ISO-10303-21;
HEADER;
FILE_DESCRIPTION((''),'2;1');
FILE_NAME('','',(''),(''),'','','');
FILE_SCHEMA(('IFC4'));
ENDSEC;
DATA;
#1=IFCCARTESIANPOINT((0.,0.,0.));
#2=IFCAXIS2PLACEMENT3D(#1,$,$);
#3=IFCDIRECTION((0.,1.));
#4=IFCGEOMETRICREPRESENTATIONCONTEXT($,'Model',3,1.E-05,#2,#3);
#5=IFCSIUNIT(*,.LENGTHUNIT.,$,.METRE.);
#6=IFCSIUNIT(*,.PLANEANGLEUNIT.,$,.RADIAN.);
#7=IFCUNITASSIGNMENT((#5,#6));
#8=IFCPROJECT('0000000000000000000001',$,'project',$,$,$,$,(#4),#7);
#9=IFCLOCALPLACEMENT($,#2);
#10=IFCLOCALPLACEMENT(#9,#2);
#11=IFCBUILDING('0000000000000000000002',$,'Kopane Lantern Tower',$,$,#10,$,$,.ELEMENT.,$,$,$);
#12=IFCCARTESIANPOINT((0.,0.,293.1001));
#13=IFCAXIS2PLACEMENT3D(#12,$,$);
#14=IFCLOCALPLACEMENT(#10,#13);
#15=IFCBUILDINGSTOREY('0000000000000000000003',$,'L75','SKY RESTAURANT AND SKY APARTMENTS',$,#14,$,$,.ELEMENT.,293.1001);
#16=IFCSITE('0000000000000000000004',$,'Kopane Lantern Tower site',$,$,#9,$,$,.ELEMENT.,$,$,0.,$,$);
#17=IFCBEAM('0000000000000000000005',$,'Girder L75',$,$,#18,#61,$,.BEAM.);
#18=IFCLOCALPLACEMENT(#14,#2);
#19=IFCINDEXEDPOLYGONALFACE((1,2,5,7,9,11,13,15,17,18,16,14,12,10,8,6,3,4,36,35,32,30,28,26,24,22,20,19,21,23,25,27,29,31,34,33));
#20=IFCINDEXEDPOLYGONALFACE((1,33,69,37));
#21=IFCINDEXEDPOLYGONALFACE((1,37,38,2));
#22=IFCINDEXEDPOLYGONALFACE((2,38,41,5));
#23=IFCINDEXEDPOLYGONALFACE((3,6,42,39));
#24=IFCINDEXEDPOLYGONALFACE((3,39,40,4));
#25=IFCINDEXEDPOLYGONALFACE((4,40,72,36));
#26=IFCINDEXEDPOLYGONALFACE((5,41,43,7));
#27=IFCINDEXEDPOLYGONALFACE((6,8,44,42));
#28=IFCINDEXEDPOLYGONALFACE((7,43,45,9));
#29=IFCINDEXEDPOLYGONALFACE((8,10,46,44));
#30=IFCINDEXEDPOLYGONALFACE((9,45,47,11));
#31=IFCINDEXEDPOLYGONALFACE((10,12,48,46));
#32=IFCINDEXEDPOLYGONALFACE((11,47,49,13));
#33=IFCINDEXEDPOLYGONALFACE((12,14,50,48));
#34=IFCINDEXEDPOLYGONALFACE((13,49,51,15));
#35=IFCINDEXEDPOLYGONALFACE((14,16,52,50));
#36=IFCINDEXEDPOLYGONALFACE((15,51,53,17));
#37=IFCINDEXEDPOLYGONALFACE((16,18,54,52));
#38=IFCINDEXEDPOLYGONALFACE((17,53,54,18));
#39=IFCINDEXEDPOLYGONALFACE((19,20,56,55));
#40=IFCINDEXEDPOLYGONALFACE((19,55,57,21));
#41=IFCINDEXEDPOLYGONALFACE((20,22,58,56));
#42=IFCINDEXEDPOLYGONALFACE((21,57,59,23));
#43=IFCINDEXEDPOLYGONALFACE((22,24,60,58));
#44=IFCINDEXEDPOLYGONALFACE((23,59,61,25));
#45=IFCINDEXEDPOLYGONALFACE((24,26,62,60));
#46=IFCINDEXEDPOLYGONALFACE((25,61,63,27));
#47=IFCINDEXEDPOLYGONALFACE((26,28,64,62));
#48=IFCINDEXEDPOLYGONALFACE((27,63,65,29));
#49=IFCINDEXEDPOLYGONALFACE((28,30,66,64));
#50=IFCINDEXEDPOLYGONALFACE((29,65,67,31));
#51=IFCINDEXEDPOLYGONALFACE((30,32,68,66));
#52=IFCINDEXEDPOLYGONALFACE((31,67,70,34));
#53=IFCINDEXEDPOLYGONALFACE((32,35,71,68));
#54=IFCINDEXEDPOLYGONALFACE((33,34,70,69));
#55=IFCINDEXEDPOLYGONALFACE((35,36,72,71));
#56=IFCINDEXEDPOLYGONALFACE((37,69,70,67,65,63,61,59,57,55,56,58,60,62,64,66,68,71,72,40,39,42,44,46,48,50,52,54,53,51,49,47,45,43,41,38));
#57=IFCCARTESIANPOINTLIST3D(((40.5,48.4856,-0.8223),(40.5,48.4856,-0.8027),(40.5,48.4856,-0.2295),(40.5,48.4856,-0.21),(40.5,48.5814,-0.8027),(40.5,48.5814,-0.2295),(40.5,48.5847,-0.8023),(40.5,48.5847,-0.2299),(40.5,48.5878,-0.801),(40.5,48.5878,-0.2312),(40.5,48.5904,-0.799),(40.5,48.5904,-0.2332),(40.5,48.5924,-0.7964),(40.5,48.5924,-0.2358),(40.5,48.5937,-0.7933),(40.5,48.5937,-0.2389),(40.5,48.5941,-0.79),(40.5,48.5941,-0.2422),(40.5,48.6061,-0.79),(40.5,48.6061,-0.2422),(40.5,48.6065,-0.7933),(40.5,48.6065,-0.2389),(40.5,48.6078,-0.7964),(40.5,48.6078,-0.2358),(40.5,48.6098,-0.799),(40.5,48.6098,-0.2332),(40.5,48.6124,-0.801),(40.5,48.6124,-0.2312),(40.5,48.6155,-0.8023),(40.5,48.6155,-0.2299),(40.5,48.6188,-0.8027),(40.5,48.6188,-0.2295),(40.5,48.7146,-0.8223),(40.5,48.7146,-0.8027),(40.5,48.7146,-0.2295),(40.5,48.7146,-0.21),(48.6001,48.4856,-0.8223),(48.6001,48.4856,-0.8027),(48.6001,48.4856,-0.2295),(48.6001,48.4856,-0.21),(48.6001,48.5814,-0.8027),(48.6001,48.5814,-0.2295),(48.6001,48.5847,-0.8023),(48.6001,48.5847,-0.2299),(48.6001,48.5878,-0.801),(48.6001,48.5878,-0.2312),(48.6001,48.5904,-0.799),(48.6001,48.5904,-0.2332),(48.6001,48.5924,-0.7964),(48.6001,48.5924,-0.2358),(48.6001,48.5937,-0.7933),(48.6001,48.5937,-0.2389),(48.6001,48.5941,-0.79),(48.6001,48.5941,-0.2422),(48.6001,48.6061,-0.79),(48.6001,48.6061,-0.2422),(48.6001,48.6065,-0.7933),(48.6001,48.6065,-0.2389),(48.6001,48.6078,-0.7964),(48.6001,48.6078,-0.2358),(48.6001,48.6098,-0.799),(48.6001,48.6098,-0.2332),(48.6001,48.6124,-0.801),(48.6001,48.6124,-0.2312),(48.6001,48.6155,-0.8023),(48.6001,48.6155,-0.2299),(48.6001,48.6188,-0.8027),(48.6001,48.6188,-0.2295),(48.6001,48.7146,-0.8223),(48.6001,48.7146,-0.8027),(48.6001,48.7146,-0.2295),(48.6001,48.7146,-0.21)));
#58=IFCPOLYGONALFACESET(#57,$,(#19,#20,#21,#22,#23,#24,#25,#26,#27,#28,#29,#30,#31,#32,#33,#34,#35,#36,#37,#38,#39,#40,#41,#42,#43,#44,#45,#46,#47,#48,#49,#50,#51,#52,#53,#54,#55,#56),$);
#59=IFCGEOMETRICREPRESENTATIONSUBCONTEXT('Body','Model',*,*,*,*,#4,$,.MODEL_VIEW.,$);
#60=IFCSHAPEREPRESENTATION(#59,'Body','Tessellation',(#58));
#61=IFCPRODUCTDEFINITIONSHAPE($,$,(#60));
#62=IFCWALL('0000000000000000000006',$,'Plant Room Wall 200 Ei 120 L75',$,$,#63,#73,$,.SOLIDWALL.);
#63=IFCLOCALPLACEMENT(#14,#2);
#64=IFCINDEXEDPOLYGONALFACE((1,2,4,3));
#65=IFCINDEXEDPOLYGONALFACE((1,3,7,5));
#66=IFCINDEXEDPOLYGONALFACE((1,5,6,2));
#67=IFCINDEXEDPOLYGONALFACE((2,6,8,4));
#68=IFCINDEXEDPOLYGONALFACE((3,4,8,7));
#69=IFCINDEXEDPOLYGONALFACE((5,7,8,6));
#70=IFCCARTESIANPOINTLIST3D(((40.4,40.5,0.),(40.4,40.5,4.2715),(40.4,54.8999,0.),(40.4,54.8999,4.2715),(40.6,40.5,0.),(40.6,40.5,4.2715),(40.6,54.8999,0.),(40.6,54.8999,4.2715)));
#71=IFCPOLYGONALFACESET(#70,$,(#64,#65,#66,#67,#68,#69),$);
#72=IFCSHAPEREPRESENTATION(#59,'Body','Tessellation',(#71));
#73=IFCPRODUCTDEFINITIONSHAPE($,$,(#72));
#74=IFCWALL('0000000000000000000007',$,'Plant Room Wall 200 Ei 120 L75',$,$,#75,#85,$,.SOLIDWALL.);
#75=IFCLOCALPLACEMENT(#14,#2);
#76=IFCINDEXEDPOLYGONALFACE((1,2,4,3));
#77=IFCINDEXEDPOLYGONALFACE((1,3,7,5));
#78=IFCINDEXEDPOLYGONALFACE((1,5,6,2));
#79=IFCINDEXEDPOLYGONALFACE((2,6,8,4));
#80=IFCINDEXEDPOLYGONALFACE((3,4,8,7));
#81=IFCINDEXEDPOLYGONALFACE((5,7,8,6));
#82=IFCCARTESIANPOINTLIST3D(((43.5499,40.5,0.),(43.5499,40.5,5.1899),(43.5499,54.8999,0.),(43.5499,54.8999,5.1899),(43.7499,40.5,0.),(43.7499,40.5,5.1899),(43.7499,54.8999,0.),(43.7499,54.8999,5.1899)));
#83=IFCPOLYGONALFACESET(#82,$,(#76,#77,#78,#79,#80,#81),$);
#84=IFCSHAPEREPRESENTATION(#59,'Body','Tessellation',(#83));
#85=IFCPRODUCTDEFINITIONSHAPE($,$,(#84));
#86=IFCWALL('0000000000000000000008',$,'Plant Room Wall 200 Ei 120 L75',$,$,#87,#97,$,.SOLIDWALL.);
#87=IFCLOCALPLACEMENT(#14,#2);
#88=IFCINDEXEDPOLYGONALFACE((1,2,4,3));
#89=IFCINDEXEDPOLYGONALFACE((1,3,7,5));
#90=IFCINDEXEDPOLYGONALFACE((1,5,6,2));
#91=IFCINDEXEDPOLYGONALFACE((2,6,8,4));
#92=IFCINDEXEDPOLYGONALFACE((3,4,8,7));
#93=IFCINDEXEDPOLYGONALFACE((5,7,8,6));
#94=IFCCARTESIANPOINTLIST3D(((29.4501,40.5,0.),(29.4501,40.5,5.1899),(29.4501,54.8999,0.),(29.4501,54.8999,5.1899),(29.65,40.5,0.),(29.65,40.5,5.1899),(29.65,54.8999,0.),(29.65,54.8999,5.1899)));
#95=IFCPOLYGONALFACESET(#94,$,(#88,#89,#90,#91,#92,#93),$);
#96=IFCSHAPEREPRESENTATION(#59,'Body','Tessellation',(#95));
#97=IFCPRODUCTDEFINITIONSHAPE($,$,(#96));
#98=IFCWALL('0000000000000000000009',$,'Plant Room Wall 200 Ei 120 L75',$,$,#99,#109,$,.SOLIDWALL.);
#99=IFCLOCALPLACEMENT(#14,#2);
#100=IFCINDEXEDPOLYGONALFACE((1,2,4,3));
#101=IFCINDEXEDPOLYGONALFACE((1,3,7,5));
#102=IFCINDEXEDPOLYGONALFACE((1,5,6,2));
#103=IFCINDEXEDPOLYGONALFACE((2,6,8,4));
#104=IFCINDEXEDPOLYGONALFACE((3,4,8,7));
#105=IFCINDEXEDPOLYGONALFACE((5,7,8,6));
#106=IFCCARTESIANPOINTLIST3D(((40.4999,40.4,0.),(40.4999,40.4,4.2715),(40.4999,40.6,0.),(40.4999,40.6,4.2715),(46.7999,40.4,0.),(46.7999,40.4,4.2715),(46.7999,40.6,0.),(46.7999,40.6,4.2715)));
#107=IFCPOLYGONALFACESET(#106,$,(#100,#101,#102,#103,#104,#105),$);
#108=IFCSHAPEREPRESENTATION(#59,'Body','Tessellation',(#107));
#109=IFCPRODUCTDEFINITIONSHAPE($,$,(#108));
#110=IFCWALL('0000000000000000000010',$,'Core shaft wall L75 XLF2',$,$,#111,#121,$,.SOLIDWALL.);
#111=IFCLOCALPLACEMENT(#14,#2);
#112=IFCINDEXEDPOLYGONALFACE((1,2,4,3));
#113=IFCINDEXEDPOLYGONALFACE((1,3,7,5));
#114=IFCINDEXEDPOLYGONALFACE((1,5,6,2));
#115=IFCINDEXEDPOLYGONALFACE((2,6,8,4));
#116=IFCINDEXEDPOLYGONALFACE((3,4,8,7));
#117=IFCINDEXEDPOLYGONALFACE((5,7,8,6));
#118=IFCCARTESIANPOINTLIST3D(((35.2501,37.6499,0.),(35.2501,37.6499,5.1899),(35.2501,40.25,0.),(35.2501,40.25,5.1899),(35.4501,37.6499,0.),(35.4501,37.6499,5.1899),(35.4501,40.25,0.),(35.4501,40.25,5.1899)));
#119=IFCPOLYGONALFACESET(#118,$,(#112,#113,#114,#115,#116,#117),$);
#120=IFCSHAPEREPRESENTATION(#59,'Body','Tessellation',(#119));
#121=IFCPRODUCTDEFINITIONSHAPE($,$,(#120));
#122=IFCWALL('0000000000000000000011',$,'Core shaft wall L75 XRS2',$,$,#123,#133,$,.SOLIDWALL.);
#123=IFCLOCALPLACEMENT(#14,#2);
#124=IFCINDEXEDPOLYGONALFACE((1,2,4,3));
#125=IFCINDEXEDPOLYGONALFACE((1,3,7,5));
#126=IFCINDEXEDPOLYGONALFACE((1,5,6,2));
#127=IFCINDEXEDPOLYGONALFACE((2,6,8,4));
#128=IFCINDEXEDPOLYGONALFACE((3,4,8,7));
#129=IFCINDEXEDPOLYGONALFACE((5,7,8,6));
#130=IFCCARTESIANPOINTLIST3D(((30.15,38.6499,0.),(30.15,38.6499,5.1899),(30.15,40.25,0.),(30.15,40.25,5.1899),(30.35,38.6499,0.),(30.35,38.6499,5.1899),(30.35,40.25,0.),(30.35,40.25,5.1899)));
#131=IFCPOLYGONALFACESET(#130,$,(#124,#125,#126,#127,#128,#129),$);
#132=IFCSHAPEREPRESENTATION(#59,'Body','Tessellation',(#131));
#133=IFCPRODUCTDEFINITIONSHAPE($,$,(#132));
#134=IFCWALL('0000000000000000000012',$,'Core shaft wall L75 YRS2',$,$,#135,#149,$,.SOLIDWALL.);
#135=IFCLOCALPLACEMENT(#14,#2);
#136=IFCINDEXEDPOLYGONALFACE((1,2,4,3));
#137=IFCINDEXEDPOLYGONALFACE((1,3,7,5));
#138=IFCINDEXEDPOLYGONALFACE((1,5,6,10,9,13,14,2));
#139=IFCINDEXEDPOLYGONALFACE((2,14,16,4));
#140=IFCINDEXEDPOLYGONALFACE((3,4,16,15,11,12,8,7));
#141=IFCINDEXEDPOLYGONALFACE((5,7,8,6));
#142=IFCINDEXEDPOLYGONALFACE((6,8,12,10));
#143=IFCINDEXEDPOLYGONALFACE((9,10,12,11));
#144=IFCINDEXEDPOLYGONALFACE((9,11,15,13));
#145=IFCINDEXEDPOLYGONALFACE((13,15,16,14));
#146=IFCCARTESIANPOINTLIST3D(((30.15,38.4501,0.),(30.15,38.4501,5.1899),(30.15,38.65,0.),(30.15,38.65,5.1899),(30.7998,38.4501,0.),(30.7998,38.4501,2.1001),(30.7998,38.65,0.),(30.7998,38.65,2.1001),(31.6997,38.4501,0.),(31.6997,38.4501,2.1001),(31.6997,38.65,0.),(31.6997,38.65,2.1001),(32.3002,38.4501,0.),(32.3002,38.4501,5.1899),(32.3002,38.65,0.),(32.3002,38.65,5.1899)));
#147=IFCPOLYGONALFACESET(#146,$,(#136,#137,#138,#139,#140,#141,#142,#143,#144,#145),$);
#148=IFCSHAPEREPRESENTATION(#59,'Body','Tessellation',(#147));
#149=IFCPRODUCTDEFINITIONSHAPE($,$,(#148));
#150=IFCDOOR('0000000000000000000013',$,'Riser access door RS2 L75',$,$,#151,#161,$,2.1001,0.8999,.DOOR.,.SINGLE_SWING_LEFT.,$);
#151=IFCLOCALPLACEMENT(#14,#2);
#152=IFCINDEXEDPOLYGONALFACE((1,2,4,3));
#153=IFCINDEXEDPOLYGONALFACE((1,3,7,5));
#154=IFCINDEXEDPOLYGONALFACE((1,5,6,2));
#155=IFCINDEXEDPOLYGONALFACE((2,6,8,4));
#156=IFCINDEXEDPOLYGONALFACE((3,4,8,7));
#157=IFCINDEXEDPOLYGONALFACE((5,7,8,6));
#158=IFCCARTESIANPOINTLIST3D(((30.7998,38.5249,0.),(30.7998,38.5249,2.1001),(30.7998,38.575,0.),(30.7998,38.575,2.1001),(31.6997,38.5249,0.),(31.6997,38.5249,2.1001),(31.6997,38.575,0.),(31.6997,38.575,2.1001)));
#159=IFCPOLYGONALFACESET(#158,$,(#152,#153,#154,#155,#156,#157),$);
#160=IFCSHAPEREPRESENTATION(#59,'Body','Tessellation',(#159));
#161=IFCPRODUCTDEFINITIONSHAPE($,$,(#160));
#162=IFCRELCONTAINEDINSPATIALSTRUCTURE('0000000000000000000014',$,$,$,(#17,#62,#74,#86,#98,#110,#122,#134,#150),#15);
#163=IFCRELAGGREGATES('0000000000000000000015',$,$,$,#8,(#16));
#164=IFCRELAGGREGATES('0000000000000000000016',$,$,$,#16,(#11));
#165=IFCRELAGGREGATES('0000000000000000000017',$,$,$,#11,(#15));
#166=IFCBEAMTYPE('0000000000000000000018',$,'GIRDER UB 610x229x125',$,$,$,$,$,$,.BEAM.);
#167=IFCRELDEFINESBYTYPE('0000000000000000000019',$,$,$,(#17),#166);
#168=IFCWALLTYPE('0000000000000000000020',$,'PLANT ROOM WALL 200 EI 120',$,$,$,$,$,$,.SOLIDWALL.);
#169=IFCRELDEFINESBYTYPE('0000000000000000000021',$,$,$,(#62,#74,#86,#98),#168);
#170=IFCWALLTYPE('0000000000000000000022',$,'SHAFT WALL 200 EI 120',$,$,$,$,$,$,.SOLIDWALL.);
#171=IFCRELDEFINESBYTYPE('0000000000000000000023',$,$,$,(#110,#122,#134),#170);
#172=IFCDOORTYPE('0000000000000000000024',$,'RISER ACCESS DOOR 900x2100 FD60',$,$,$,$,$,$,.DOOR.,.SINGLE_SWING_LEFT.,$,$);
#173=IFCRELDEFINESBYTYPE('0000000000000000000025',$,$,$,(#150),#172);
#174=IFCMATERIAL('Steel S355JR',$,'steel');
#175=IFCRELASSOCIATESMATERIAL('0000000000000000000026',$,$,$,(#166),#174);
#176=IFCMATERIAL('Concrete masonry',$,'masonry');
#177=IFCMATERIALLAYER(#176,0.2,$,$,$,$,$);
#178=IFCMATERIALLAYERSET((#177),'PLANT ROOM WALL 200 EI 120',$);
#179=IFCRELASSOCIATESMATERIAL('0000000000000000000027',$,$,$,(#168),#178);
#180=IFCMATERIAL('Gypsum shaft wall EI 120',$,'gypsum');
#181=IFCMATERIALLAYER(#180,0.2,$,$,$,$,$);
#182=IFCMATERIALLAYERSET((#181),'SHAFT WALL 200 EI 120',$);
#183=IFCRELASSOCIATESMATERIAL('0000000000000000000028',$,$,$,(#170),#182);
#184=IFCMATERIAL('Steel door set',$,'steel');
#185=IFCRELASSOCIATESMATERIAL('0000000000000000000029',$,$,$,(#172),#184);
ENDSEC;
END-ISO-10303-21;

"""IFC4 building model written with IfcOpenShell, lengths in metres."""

from ifc_helpers import new_model, si_unit, direction, frame, frame_2d, origin, origin_2d, place, context, subcontext, project, spatial, rectangle, i_section, extrude, material, layer, layer_set, material_profile, profile_set, type_object, element, fill, save


model = new_model("IFC4")

# Units and contexts
model_context = context("Model", 3, precision=1e-05, world=origin(), true_north=direction((0.0, 1.0)))
body_context = subcontext(model_context, "Body", "Model", "MODEL_VIEW")
ifc_project = project(units=[si_unit("LENGTHUNIT", "METRE"), si_unit("PLANEANGLEUNIT", "RADIAN")], contexts=[model_context])

# Site, building, storey
site_placement = place(None, origin())
site = spatial("IfcSite", under=ifc_project, at=site_placement, Name="Kopane Lantern Tower site", CompositionType="ELEMENT", RefElevation=0.0)
building_placement = place(site_placement, origin())
building = spatial("IfcBuilding", under=site, at=building_placement, Name="Kopane Lantern Tower", CompositionType="ELEMENT")
storey_placement = place(building_placement, frame((0.0, 0.0, 293.1001)))
storey = spatial("IfcBuildingStorey", under=building, at=storey_placement, Name="L75", Description="SKY RESTAURANT AND SKY APARTMENTS", CompositionType="ELEMENT", Elevation=293.1001)

# Beam
ifc_material_1 = material(Name="Steel S355JR", Category="steel")
ifc_material_profile_1 = material_profile(ifc_material_1, i_section(OverallWidth=0.229, OverallDepth=0.6123, WebThickness=0.012, FlangeThickness=0.0195, FilletRadius=0.0127, at=origin_2d()), Name="UB 610x229x125")
ifc_profile_set_1 = profile_set([ifc_material_profile_1], Name="Steel S355JR")
beam_type = type_object("IfcBeamType", Name="GIRDER UB 610x229x125", PredefinedType="BEAM", material=ifc_profile_set_1)
beam_1_placement = place(storey_placement, frame((40.5, 48.6001, -0.5161), z_axis=(1.0, 0.0, 0.0), x_axis=(0.0, 1.0, 0.0)))
element("IfcBeam", 1, at=beam_1_placement, inside=storey, type_object=beam_type, Name="Girder L75", PredefinedType="BEAM", context=body_context, shape_type="SweptSolid", body=[
    extrude(i_section(OverallWidth=0.229, OverallDepth=0.6123, WebThickness=0.012, FlangeThickness=0.0195, FilletRadius=0.0127, at=origin_2d()), origin(), (0.0, 0.0, 1.0), 8.1001),
])

# Walls
ifc_material_2 = material(Name="Concrete masonry", Category="masonry")
ifc_layer_1 = layer(ifc_material_2, 0.2)
ifc_layer_set_1 = layer_set([ifc_layer_1], Name="PLANT ROOM WALL 200 EI 120")
wall_type_1 = type_object("IfcWallType", Name="PLANT ROOM WALL 200 EI 120", PredefinedType="SOLIDWALL", material=ifc_layer_set_1)
wall_1_placement = place(storey_placement, frame((40.5, 40.5, 0.0), z_axis=(0.0, 0.0, 1.0), x_axis=(0.0, 1.0, 0.0)))
element("IfcWall", 2, at=wall_1_placement, inside=storey, type_object=wall_type_1, Name="Plant Room Wall 200 Ei 120 L75", PredefinedType="SOLIDWALL", context=body_context, shape_type="SweptSolid", body=[
    extrude(rectangle(XDim=14.3999, YDim=0.2, at=frame_2d((7.2, 0.0))), origin(), (0.0, 0.0, 1.0), 4.2715),
])
for number, where, z_axis, x_axis, name in (
    (3, (43.6499, 54.8999, 0.0), (0.0, 0.0, 1.0), (0.0, -1.0, 0.0), "Plant Room Wall 200 Ei 120 L75"),
    (4, (29.55, 40.5, 0.0), (0.0, 0.0, 1.0), (0.0, 1.0, 0.0), "Plant Room Wall 200 Ei 120 L75"),
):
    element("IfcWall", number, at=place(storey_placement, frame(where, z_axis=z_axis, x_axis=x_axis)), inside=storey, type_object=wall_type_1, Name=name, PredefinedType="SOLIDWALL", context=body_context, shape_type="SweptSolid", body=[
        extrude(rectangle(XDim=14.3999, YDim=0.2, at=frame_2d((7.2, 0.0))), origin(), (0.0, 0.0, 1.0), 5.1899),
    ])
wall_2_placement = place(storey_placement, frame((40.5, 40.5, 0.0), z_axis=(0.0, 0.0, 1.0), x_axis=(1.0, 0.0, 0.0)))
element("IfcWall", 5, at=wall_2_placement, inside=storey, type_object=wall_type_1, Name="Plant Room Wall 200 Ei 120 L75", PredefinedType="SOLIDWALL", context=body_context, shape_type="SweptSolid", body=[
    extrude(rectangle(XDim=6.3, YDim=0.2, at=frame_2d((3.1499, 0.0))), origin(), (0.0, 0.0, 1.0), 4.2715),
])
ifc_material_3 = material(Name="Gypsum shaft wall EI 120", Category="gypsum")
ifc_layer_2 = layer(ifc_material_3, 0.2)
ifc_layer_set_2 = layer_set([ifc_layer_2], Name="SHAFT WALL 200 EI 120")
wall_type_2 = type_object("IfcWallType", Name="SHAFT WALL 200 EI 120", PredefinedType="SOLIDWALL", material=ifc_layer_set_2)
wall_3_placement = place(storey_placement, frame((35.3501, 37.6499, 0.0), z_axis=(0.0, 0.0, 1.0), x_axis=(0.0, 1.0, 0.0)))
element("IfcWall", 6, at=wall_3_placement, inside=storey, type_object=wall_type_2, Name="Core shaft wall L75 XLF2", PredefinedType="SOLIDWALL", context=body_context, shape_type="SweptSolid", body=[
    extrude(rectangle(XDim=2.6001, YDim=0.2, at=frame_2d((1.3, 0.0))), origin(), (0.0, 0.0, 1.0), 5.1899),
])
wall_4_placement = place(storey_placement, frame((30.25, 38.6499, 0.0), z_axis=(0.0, 0.0, 1.0), x_axis=(0.0, 1.0, 0.0)))
element("IfcWall", 7, at=wall_4_placement, inside=storey, type_object=wall_type_2, Name="Core shaft wall L75 XRS2", PredefinedType="SOLIDWALL", context=body_context, shape_type="SweptSolid", body=[
    extrude(rectangle(XDim=1.6001, YDim=0.2, at=frame_2d((0.8, 0.0))), origin(), (0.0, 0.0, 1.0), 5.1899),
])

# Wall, opening, door
wall_5_placement = place(storey_placement, frame((30.1499, 38.55, 0.0), z_axis=(0.0, 0.0, 1.0), x_axis=(1.0, 0.0, 0.0)))
wall_5 = element("IfcWall", 8, at=wall_5_placement, inside=storey, type_object=wall_type_2, Name="Core shaft wall L75 YRS2", PredefinedType="SOLIDWALL", context=body_context, shape_type="SweptSolid", body=[
    extrude(rectangle(XDim=2.1501, YDim=0.2, at=frame_2d((1.0752, 0.0))), origin(), (0.0, 0.0, 1.0), 5.1899),
])
opening_1_placement = place(wall_5_placement, frame((0.6499, 0.0, 0.0)))
opening_1 = element("IfcOpeningElement", 9, at=opening_1_placement, cuts=wall_5, PredefinedType="OPENING", context=body_context, shape_type="SweptSolid", body=[
    extrude(rectangle(XDim=0.8999, YDim=2.1001, at=frame_2d((0.45, 1.05))), frame((0.0, 0.1099, 0.0), z_axis=(0.0, -1.0, 0.0), x_axis=(1.0, 0.0, 0.0)), (0.0, 0.0, 1.0), 0.22),
])
ifc_material_4 = material(Name="Steel door set", Category="steel")
door_type_1 = type_object("IfcDoorType", Name="RISER ACCESS DOOR 900x2100 FD60", OperationType="SINGLE_SWING_LEFT", PredefinedType="DOOR", material=ifc_material_4)
door_1_placement = place(opening_1_placement, origin())
door_1 = element("IfcDoor", 10, at=door_1_placement, inside=storey, type_object=door_type_1, Name="Riser access door RS2 L75", OperationType="SINGLE_SWING_LEFT", OverallHeight=2.1001, OverallWidth=0.8999, PredefinedType="DOOR", context=body_context, shape_type="SweptSolid", body=[
    extrude(rectangle(XDim=0.8999, YDim=2.1001, at=frame_2d((0.45, 1.05))), frame((0.0, 0.0249, 0.0), z_axis=(0.0, -1.0, 0.0), x_axis=(1.0, 0.0, 0.0)), (0.0, 0.0, 1.0), 0.05),
])
fill(opening_1, door_1)

save(model, "model.ifc")
